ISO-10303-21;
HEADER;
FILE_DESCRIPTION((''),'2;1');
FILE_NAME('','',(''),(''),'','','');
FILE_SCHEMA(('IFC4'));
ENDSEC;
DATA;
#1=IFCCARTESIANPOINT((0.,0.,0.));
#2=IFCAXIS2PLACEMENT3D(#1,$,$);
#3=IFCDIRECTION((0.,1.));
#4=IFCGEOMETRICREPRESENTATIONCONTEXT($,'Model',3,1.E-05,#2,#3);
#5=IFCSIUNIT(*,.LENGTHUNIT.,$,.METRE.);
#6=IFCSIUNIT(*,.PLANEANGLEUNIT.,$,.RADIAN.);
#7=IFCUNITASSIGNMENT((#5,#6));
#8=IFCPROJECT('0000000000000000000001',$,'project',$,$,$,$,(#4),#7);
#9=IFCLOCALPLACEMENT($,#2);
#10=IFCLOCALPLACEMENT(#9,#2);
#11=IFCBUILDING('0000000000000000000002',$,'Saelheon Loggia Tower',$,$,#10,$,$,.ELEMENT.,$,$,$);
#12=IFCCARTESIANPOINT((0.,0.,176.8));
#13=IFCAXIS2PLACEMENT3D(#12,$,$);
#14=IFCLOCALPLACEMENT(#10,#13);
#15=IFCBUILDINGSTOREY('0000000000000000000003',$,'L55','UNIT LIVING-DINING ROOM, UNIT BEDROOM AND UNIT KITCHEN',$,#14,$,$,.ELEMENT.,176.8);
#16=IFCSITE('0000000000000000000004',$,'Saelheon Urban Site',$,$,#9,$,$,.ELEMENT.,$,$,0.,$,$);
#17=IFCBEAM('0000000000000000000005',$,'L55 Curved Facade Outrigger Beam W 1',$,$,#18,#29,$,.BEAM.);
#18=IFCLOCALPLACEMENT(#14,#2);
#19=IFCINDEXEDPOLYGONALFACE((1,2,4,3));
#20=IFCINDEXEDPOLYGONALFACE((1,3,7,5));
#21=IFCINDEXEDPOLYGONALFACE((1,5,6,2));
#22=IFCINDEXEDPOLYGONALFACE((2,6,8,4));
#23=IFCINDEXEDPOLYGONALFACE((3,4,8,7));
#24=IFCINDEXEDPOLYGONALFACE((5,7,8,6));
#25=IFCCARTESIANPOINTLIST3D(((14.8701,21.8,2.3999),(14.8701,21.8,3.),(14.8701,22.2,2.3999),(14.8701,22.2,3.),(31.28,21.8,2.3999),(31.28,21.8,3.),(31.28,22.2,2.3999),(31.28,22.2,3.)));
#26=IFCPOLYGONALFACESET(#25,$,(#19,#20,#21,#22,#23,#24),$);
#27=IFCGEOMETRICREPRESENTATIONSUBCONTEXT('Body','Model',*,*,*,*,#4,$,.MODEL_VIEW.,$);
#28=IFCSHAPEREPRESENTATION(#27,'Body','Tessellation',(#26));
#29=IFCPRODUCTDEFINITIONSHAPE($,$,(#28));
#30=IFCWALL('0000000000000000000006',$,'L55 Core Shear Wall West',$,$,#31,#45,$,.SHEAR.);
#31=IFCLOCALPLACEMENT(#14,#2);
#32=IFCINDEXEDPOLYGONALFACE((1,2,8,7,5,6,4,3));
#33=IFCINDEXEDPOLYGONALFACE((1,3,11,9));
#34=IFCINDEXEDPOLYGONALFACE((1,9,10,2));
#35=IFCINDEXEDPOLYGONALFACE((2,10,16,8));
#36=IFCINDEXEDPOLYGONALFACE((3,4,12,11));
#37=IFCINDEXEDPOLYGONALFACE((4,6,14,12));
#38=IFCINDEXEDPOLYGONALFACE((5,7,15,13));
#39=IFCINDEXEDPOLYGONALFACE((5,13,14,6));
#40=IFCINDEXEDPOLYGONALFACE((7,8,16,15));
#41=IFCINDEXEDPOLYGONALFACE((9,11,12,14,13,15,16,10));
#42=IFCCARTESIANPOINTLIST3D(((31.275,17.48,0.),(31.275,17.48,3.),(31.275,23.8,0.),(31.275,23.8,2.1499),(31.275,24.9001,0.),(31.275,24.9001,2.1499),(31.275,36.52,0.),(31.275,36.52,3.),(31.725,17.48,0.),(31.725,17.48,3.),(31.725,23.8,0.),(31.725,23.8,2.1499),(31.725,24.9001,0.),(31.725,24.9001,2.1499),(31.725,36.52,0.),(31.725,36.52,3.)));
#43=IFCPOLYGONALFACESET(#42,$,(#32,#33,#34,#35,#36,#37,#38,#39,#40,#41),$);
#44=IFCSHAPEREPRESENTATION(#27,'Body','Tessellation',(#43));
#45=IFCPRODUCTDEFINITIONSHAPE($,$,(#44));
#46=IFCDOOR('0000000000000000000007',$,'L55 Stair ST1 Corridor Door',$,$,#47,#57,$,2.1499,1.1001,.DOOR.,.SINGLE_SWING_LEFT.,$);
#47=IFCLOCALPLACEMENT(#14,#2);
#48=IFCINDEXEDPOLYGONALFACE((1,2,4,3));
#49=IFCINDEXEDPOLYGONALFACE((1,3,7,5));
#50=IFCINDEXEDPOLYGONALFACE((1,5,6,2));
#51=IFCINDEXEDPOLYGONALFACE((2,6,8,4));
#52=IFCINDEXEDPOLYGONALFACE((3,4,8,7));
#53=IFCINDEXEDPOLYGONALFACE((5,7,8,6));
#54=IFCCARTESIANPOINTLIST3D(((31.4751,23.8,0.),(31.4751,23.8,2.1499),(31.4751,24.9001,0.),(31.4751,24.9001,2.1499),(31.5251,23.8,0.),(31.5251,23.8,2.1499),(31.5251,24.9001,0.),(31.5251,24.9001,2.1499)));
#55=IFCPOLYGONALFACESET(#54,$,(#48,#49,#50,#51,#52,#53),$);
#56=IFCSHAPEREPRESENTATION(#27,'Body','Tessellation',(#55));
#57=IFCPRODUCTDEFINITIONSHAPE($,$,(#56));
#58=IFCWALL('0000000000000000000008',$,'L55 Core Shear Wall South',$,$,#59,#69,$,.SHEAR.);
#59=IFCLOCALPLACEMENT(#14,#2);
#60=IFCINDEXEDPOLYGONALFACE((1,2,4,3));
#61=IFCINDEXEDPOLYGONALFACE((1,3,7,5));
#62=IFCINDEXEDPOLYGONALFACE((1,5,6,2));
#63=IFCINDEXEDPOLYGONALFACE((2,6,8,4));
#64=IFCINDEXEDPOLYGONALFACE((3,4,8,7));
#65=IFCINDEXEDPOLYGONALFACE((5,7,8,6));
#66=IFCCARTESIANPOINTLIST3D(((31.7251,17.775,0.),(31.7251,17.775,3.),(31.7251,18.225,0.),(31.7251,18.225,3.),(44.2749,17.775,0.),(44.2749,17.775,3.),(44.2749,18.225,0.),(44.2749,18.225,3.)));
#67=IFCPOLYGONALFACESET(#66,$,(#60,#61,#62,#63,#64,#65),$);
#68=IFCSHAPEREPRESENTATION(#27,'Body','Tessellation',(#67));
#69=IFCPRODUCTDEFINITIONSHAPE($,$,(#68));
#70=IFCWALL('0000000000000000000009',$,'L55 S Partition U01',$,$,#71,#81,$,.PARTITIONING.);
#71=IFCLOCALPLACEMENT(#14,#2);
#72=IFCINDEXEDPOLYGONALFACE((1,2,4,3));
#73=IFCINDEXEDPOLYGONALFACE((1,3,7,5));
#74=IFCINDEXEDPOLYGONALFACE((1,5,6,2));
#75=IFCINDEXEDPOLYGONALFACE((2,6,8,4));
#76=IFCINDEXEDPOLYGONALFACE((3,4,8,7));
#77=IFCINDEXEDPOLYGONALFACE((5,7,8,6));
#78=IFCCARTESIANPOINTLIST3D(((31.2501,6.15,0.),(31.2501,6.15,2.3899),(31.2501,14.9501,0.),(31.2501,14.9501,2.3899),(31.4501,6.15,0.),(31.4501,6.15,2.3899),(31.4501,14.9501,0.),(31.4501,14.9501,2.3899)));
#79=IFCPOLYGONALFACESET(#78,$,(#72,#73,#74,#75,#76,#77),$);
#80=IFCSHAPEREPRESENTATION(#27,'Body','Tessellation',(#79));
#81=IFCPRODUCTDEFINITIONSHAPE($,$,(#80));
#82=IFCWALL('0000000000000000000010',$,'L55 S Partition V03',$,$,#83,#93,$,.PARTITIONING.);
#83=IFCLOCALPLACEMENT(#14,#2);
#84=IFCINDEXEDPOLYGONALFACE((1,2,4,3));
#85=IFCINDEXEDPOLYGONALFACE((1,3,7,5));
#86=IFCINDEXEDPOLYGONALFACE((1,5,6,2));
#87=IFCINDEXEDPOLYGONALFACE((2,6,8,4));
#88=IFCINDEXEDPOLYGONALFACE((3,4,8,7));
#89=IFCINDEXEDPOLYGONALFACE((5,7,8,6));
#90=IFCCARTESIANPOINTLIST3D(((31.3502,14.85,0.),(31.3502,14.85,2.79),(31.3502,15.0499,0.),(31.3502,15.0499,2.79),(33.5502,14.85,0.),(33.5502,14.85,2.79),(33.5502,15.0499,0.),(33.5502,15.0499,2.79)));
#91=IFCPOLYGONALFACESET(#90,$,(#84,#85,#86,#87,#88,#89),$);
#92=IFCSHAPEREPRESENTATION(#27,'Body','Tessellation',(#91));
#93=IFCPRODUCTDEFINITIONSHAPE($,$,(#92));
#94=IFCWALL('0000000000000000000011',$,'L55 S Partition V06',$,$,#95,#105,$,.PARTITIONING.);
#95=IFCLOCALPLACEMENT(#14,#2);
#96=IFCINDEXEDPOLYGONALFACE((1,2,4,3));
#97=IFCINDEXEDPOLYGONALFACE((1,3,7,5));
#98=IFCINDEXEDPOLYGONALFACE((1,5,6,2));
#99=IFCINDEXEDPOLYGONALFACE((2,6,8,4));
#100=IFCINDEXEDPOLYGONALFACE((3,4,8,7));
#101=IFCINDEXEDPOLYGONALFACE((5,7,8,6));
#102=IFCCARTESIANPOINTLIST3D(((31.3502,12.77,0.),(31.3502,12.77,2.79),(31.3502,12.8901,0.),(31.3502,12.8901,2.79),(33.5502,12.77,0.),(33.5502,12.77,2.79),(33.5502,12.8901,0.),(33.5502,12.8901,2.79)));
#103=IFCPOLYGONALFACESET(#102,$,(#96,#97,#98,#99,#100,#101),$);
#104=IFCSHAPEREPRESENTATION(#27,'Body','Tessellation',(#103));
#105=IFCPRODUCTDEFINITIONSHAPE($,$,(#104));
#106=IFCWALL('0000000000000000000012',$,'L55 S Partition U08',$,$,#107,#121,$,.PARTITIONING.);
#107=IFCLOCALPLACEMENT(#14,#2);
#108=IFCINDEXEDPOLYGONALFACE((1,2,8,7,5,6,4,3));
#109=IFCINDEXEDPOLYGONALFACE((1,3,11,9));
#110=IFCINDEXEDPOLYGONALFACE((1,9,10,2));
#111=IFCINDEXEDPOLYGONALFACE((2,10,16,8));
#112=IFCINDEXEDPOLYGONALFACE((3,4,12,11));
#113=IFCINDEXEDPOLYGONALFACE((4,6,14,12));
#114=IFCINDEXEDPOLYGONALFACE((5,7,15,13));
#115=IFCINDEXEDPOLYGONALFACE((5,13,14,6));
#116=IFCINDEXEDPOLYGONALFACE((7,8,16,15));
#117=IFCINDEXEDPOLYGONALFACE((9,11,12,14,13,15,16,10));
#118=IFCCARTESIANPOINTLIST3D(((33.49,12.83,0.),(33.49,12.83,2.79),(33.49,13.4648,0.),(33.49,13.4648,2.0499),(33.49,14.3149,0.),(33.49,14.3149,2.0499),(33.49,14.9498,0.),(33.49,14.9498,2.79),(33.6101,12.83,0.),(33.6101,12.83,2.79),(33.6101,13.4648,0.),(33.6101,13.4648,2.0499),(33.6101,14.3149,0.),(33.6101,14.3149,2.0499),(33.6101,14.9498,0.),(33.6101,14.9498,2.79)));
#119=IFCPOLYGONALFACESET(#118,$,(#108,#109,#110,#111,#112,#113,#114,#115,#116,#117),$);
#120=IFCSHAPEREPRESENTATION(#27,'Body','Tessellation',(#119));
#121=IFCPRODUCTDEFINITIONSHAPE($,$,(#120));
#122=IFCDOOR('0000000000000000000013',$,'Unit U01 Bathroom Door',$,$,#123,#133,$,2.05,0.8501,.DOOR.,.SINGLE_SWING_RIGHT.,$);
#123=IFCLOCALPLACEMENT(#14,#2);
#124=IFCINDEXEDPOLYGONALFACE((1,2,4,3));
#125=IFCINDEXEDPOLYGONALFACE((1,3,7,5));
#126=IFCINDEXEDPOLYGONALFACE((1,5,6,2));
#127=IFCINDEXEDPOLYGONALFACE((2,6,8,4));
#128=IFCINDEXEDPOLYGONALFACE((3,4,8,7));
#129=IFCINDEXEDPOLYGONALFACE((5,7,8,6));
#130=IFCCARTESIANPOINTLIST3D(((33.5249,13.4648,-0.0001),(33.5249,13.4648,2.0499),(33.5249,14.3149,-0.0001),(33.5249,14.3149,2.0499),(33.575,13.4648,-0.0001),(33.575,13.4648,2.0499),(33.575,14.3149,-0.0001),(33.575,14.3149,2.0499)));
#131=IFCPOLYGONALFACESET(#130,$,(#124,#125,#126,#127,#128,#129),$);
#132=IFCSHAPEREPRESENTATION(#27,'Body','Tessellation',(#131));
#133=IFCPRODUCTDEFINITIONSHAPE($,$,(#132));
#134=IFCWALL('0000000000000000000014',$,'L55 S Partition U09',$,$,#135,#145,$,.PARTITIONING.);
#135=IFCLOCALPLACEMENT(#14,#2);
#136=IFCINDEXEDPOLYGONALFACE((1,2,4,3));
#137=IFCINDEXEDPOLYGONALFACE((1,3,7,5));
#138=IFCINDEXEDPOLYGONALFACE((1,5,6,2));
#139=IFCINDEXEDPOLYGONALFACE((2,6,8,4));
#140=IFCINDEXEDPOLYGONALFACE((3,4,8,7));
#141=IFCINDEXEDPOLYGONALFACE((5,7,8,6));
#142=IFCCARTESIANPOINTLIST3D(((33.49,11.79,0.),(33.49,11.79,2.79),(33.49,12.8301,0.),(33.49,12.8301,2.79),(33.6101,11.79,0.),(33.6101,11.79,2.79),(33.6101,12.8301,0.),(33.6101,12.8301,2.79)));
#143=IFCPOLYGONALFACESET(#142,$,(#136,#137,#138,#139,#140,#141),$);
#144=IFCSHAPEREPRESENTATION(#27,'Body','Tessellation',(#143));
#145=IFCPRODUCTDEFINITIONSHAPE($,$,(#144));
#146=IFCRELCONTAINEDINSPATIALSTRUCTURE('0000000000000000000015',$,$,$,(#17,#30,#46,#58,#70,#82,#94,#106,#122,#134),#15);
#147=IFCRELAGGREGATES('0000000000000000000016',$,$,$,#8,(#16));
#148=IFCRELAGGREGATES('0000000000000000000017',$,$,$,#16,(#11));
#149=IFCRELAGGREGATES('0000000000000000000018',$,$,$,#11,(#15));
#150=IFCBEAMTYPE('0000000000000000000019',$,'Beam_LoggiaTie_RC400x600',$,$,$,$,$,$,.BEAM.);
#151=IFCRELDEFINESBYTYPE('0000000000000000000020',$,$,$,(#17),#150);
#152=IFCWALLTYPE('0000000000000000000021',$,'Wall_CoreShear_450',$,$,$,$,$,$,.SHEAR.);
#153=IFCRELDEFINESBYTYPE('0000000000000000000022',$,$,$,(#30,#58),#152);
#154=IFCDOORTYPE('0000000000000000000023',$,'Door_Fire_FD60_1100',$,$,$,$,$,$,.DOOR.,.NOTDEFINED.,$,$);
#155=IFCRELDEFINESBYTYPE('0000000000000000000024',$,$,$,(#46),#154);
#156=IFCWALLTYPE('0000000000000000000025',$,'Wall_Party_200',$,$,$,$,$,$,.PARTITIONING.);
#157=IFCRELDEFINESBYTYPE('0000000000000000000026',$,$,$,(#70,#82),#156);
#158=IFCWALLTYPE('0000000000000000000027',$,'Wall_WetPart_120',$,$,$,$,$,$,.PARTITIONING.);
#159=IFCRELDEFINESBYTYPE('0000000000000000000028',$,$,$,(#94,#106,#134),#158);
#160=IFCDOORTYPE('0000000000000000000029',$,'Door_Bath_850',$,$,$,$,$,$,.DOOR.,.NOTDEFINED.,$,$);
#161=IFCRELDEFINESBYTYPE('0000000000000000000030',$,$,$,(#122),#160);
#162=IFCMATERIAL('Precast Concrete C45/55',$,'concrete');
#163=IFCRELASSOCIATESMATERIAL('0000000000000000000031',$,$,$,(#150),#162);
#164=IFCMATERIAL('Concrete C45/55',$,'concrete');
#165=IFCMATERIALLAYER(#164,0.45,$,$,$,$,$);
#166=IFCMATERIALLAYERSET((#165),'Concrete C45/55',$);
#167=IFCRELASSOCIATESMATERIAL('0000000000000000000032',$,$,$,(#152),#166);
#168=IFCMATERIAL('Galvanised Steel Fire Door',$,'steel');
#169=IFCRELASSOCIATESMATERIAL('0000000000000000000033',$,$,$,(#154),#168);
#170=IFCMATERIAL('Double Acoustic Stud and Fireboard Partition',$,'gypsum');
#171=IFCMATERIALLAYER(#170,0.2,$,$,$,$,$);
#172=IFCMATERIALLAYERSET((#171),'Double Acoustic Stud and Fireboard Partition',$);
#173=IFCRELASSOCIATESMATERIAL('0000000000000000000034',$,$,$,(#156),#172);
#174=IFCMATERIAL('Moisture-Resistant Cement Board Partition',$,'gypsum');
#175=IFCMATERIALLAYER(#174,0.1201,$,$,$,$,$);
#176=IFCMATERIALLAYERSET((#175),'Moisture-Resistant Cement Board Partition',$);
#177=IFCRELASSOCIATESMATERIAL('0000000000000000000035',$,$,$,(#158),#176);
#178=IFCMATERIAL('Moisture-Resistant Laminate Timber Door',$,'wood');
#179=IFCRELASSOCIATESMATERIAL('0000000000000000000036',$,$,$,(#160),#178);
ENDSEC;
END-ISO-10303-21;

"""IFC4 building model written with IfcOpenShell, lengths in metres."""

from ifc_helpers import new_model, si_unit, direction, frame, frame_2d, origin, origin_2d, place, context, subcontext, project, spatial, rectangle, extrude, source, transform, mapped, material, layer, layer_set, material_profile, profile_set, type_object, element, fill, save


model = new_model("IFC4")

# Units and contexts
model_context = context("Model", 3, precision=1e-05, world=origin(), true_north=direction((0.0, 1.0)))
body_context = subcontext(model_context, "Body", "Model", "MODEL_VIEW")
ifc_project = project(units=[si_unit("LENGTHUNIT", "METRE"), si_unit("PLANEANGLEUNIT", "RADIAN")], contexts=[model_context])

# Site, building, storey
site_placement = place(None, origin())
site = spatial("IfcSite", under=ifc_project, at=site_placement, Name="Saelheon Urban Site", CompositionType="ELEMENT", RefElevation=0.0)
building_placement = place(site_placement, origin())
building = spatial("IfcBuilding", under=site, at=building_placement, Name="Saelheon Loggia Tower", CompositionType="ELEMENT")
storey_placement = place(building_placement, frame((0.0, 0.0, 176.8)))
storey = spatial("IfcBuildingStorey", under=building, at=storey_placement, Name="L55", Description="UNIT LIVING-DINING ROOM, UNIT BEDROOM AND UNIT KITCHEN", CompositionType="ELEMENT", Elevation=176.8)

# Beam
ifc_material_1 = material(Name="Precast Concrete C45/55", Category="concrete")
ifc_material_profile = material_profile(ifc_material_1, rectangle(XDim=0.3999, YDim=0.6001, at=origin_2d()), Name="RC-400x600")
ifc_profile_set = profile_set([ifc_material_profile], Name="Precast Concrete C45/55")
beam_type = type_object("IfcBeamType", Name="Beam_LoggiaTie_RC400x600", PredefinedType="BEAM", material=ifc_profile_set)
shared_shape_1 = source(origin(), body_context, "Body", "SweptSolid", [
    extrude(rectangle(XDim=0.3999, YDim=0.6001, at=origin_2d()), origin(), (0.0, 0.0, 1.0), 16.4099),
])
beam_placement = place(storey_placement, frame((31.28, 22.0, 2.7), z_axis=(-1.0, 0.0, 0.0), x_axis=(0.0, -1.0, 0.0)))
element("IfcBeam", 1, at=beam_placement, inside=storey, type_object=beam_type, Name="L55 Curved Facade Outrigger Beam W 1", PredefinedType="BEAM", context=body_context, shape_type="MappedRepresentation", body=[
    mapped(shared_shape_1, transform((0.0, 0.0, 0.0), scale=1.0)),
])

# Wall, opening, door
ifc_material_2 = material(Name="Concrete C45/55", Category="concrete")
ifc_layer_1 = layer(ifc_material_2, 0.45)
ifc_layer_set_1 = layer_set([ifc_layer_1], Name="Concrete C45/55")
wall_type_1 = type_object("IfcWallType", Name="Wall_CoreShear_450", PredefinedType="SHEAR", material=ifc_layer_set_1)
wall_1_placement = place(storey_placement, frame((31.5, 17.48, 0.0), z_axis=(0.0, 0.0, 1.0), x_axis=(0.0, 1.0, 0.0)))
wall_1 = element("IfcWall", 2, at=wall_1_placement, inside=storey, type_object=wall_type_1, Name="L55 Core Shear Wall West", PredefinedType="SHEAR", context=body_context, shape_type="SweptSolid", body=[
    extrude(rectangle(XDim=19.04, YDim=0.45, at=frame_2d((9.52, 0.0))), origin(), (0.0, 0.0, 1.0), 3.0),
])
opening_1_placement = place(wall_1_placement, frame((6.3201, 0.0, 0.0)))
opening_1 = element("IfcOpeningElement", 3, at=opening_1_placement, cuts=wall_1, PredefinedType="OPENING", context=body_context, shape_type="SweptSolid", body=[
    extrude(rectangle(XDim=1.1001, YDim=2.1499, at=frame_2d((0.55, 1.075))), frame((0.0, 0.2371, 0.0), z_axis=(0.0, -1.0, 0.0), x_axis=(1.0, 0.0, 0.0)), (0.0, 0.0, 1.0), 0.4739),
])
ifc_material_3 = material(Name="Galvanised Steel Fire Door", Category="steel")
door_type_1 = type_object("IfcDoorType", Name="Door_Fire_FD60_1100", OperationType="NOTDEFINED", PredefinedType="DOOR", material=ifc_material_3)
shared_shape_2 = source(origin(), body_context, "Body", "SweptSolid", [
    extrude(rectangle(XDim=1.1001, YDim=2.1499, at=frame_2d((0.55, 1.075))), frame((0.0, 0.0249, 0.0), z_axis=(0.0, -1.0, 0.0), x_axis=(1.0, 0.0, 0.0)), (0.0, 0.0, 1.0), 0.05),
])
door_1_placement = place(opening_1_placement, origin())
door_1 = element("IfcDoor", 4, at=door_1_placement, inside=storey, type_object=door_type_1, Name="L55 Stair ST1 Corridor Door", OperationType="SINGLE_SWING_LEFT", OverallHeight=2.1499, OverallWidth=1.1001, PredefinedType="DOOR", context=body_context, shape_type="MappedRepresentation", body=[
    mapped(shared_shape_2, transform((0.0, 0.0, 0.0), scale=1.0)),
])
fill(opening_1, door_1)

# Walls
wall_2_placement = place(storey_placement, frame((31.7251, 18.0, 0.0), z_axis=(0.0, 0.0, 1.0), x_axis=(1.0, 0.0, 0.0)))
element("IfcWall", 5, at=wall_2_placement, inside=storey, type_object=wall_type_1, Name="L55 Core Shear Wall South", PredefinedType="SHEAR", context=body_context, shape_type="SweptSolid", body=[
    extrude(rectangle(XDim=12.5498, YDim=0.45, at=frame_2d((6.2749, 0.0))), origin(), (0.0, 0.0, 1.0), 3.0),
])
ifc_material_4 = material(Name="Double Acoustic Stud and Fireboard Partition", Category="gypsum")
ifc_layer_2 = layer(ifc_material_4, 0.2)
ifc_layer_set_2 = layer_set([ifc_layer_2], Name="Double Acoustic Stud and Fireboard Partition")
wall_type_2 = type_object("IfcWallType", Name="Wall_Party_200", PredefinedType="PARTITIONING", material=ifc_layer_set_2)
wall_3_placement = place(storey_placement, frame((31.3501, 14.95, 0.0), z_axis=(0.0, 0.0, 1.0), x_axis=(0.0, -1.0, 0.0)))
element("IfcWall", 6, at=wall_3_placement, inside=storey, type_object=wall_type_2, Name="L55 S Partition U01", PredefinedType="PARTITIONING", context=body_context, shape_type="SweptSolid", body=[
    extrude(rectangle(XDim=8.8, YDim=0.2, at=frame_2d((4.3999, 0.0))), origin(), (0.0, 0.0, 1.0), 2.3899),
])
wall_4_placement = place(storey_placement, frame((31.3501, 14.95, 0.0), z_axis=(0.0, 0.0, 1.0), x_axis=(1.0, 0.0, 0.0)))
element("IfcWall", 7, at=wall_4_placement, inside=storey, type_object=wall_type_2, Name="L55 S Partition V03", PredefinedType="PARTITIONING", context=body_context, shape_type="SweptSolid", body=[
    extrude(rectangle(XDim=2.2, YDim=0.2, at=frame_2d((1.1001, 0.0))), origin(), (0.0, 0.0, 1.0), 2.79),
])

# Wall
ifc_material_5 = material(Name="Moisture-Resistant Cement Board Partition", Category="gypsum")
ifc_layer_3 = layer(ifc_material_5, 0.1201)
ifc_layer_set_3 = layer_set([ifc_layer_3], Name="Moisture-Resistant Cement Board Partition")
wall_type_3 = type_object("IfcWallType", Name="Wall_WetPart_120", PredefinedType="PARTITIONING", material=ifc_layer_set_3)
wall_5_placement = place(storey_placement, frame((31.3501, 12.8301, 0.0), z_axis=(0.0, 0.0, 1.0), x_axis=(1.0, 0.0, 0.0)))
element("IfcWall", 8, at=wall_5_placement, inside=storey, type_object=wall_type_3, Name="L55 S Partition V06", PredefinedType="PARTITIONING", context=body_context, shape_type="SweptSolid", body=[
    extrude(rectangle(XDim=2.2, YDim=0.1201, at=frame_2d((1.1001, 0.0))), origin(), (0.0, 0.0, 1.0), 2.79),
])

# Wall, opening, door
wall_6_placement = place(storey_placement, frame((33.55, 14.95, 0.0), z_axis=(0.0, 0.0, 1.0), x_axis=(0.0, -1.0, 0.0)))
wall_6 = element("IfcWall", 9, at=wall_6_placement, inside=storey, type_object=wall_type_3, Name="L55 S Partition U08", PredefinedType="PARTITIONING", context=body_context, shape_type="SweptSolid", body=[
    extrude(rectangle(XDim=2.1199, YDim=0.1201, at=frame_2d((1.0601, 0.0))), origin(), (0.0, 0.0, 1.0), 2.79),
])
opening_2_placement = place(wall_6_placement, frame((0.635, 0.0, 0.0)))
opening_2 = element("IfcOpeningElement", 10, at=opening_2_placement, cuts=wall_6, PredefinedType="OPENING", context=body_context, shape_type="SweptSolid", body=[
    extrude(rectangle(XDim=0.8501, YDim=2.05, at=frame_2d((0.425, 1.0249))), frame((0.0, 0.072, 0.0), z_axis=(0.0, -1.0, 0.0), x_axis=(1.0, 0.0, 0.0)), (0.0, 0.0, 1.0), 0.144),
])
ifc_material_6 = material(Name="Moisture-Resistant Laminate Timber Door", Category="wood")
door_type_2 = type_object("IfcDoorType", Name="Door_Bath_850", OperationType="NOTDEFINED", PredefinedType="DOOR", material=ifc_material_6)
shared_shape_3 = source(origin(), body_context, "Body", "SweptSolid", [
    extrude(rectangle(XDim=0.8501, YDim=2.05, at=frame_2d((0.425, 1.0249))), frame((0.0, 0.0249, 0.0), z_axis=(0.0, -1.0, 0.0), x_axis=(1.0, 0.0, 0.0)), (0.0, 0.0, 1.0), 0.05),
])
door_2_placement = place(opening_2_placement, origin())
door_2 = element("IfcDoor", 11, at=door_2_placement, inside=storey, type_object=door_type_2, Name="Unit U01 Bathroom Door", OperationType="SINGLE_SWING_RIGHT", OverallHeight=2.05, OverallWidth=0.8501, PredefinedType="DOOR", context=body_context, shape_type="MappedRepresentation", body=[
    mapped(shared_shape_3, transform((0.0, 0.0, 0.0), scale=1.0)),
])
fill(opening_2, door_2)

# Wall
wall_7_placement = place(storey_placement, frame((33.55, 12.8301, 0.0), z_axis=(0.0, 0.0, 1.0), x_axis=(0.0, -1.0, 0.0)))
element("IfcWall", 12, at=wall_7_placement, inside=storey, type_object=wall_type_3, Name="L55 S Partition U09", PredefinedType="PARTITIONING", context=body_context, shape_type="SweptSolid", body=[
    extrude(rectangle(XDim=1.04, YDim=0.1201, at=frame_2d((0.52, 0.0))), origin(), (0.0, 0.0, 1.0), 2.79),
])

save(model, "model.ifc")
